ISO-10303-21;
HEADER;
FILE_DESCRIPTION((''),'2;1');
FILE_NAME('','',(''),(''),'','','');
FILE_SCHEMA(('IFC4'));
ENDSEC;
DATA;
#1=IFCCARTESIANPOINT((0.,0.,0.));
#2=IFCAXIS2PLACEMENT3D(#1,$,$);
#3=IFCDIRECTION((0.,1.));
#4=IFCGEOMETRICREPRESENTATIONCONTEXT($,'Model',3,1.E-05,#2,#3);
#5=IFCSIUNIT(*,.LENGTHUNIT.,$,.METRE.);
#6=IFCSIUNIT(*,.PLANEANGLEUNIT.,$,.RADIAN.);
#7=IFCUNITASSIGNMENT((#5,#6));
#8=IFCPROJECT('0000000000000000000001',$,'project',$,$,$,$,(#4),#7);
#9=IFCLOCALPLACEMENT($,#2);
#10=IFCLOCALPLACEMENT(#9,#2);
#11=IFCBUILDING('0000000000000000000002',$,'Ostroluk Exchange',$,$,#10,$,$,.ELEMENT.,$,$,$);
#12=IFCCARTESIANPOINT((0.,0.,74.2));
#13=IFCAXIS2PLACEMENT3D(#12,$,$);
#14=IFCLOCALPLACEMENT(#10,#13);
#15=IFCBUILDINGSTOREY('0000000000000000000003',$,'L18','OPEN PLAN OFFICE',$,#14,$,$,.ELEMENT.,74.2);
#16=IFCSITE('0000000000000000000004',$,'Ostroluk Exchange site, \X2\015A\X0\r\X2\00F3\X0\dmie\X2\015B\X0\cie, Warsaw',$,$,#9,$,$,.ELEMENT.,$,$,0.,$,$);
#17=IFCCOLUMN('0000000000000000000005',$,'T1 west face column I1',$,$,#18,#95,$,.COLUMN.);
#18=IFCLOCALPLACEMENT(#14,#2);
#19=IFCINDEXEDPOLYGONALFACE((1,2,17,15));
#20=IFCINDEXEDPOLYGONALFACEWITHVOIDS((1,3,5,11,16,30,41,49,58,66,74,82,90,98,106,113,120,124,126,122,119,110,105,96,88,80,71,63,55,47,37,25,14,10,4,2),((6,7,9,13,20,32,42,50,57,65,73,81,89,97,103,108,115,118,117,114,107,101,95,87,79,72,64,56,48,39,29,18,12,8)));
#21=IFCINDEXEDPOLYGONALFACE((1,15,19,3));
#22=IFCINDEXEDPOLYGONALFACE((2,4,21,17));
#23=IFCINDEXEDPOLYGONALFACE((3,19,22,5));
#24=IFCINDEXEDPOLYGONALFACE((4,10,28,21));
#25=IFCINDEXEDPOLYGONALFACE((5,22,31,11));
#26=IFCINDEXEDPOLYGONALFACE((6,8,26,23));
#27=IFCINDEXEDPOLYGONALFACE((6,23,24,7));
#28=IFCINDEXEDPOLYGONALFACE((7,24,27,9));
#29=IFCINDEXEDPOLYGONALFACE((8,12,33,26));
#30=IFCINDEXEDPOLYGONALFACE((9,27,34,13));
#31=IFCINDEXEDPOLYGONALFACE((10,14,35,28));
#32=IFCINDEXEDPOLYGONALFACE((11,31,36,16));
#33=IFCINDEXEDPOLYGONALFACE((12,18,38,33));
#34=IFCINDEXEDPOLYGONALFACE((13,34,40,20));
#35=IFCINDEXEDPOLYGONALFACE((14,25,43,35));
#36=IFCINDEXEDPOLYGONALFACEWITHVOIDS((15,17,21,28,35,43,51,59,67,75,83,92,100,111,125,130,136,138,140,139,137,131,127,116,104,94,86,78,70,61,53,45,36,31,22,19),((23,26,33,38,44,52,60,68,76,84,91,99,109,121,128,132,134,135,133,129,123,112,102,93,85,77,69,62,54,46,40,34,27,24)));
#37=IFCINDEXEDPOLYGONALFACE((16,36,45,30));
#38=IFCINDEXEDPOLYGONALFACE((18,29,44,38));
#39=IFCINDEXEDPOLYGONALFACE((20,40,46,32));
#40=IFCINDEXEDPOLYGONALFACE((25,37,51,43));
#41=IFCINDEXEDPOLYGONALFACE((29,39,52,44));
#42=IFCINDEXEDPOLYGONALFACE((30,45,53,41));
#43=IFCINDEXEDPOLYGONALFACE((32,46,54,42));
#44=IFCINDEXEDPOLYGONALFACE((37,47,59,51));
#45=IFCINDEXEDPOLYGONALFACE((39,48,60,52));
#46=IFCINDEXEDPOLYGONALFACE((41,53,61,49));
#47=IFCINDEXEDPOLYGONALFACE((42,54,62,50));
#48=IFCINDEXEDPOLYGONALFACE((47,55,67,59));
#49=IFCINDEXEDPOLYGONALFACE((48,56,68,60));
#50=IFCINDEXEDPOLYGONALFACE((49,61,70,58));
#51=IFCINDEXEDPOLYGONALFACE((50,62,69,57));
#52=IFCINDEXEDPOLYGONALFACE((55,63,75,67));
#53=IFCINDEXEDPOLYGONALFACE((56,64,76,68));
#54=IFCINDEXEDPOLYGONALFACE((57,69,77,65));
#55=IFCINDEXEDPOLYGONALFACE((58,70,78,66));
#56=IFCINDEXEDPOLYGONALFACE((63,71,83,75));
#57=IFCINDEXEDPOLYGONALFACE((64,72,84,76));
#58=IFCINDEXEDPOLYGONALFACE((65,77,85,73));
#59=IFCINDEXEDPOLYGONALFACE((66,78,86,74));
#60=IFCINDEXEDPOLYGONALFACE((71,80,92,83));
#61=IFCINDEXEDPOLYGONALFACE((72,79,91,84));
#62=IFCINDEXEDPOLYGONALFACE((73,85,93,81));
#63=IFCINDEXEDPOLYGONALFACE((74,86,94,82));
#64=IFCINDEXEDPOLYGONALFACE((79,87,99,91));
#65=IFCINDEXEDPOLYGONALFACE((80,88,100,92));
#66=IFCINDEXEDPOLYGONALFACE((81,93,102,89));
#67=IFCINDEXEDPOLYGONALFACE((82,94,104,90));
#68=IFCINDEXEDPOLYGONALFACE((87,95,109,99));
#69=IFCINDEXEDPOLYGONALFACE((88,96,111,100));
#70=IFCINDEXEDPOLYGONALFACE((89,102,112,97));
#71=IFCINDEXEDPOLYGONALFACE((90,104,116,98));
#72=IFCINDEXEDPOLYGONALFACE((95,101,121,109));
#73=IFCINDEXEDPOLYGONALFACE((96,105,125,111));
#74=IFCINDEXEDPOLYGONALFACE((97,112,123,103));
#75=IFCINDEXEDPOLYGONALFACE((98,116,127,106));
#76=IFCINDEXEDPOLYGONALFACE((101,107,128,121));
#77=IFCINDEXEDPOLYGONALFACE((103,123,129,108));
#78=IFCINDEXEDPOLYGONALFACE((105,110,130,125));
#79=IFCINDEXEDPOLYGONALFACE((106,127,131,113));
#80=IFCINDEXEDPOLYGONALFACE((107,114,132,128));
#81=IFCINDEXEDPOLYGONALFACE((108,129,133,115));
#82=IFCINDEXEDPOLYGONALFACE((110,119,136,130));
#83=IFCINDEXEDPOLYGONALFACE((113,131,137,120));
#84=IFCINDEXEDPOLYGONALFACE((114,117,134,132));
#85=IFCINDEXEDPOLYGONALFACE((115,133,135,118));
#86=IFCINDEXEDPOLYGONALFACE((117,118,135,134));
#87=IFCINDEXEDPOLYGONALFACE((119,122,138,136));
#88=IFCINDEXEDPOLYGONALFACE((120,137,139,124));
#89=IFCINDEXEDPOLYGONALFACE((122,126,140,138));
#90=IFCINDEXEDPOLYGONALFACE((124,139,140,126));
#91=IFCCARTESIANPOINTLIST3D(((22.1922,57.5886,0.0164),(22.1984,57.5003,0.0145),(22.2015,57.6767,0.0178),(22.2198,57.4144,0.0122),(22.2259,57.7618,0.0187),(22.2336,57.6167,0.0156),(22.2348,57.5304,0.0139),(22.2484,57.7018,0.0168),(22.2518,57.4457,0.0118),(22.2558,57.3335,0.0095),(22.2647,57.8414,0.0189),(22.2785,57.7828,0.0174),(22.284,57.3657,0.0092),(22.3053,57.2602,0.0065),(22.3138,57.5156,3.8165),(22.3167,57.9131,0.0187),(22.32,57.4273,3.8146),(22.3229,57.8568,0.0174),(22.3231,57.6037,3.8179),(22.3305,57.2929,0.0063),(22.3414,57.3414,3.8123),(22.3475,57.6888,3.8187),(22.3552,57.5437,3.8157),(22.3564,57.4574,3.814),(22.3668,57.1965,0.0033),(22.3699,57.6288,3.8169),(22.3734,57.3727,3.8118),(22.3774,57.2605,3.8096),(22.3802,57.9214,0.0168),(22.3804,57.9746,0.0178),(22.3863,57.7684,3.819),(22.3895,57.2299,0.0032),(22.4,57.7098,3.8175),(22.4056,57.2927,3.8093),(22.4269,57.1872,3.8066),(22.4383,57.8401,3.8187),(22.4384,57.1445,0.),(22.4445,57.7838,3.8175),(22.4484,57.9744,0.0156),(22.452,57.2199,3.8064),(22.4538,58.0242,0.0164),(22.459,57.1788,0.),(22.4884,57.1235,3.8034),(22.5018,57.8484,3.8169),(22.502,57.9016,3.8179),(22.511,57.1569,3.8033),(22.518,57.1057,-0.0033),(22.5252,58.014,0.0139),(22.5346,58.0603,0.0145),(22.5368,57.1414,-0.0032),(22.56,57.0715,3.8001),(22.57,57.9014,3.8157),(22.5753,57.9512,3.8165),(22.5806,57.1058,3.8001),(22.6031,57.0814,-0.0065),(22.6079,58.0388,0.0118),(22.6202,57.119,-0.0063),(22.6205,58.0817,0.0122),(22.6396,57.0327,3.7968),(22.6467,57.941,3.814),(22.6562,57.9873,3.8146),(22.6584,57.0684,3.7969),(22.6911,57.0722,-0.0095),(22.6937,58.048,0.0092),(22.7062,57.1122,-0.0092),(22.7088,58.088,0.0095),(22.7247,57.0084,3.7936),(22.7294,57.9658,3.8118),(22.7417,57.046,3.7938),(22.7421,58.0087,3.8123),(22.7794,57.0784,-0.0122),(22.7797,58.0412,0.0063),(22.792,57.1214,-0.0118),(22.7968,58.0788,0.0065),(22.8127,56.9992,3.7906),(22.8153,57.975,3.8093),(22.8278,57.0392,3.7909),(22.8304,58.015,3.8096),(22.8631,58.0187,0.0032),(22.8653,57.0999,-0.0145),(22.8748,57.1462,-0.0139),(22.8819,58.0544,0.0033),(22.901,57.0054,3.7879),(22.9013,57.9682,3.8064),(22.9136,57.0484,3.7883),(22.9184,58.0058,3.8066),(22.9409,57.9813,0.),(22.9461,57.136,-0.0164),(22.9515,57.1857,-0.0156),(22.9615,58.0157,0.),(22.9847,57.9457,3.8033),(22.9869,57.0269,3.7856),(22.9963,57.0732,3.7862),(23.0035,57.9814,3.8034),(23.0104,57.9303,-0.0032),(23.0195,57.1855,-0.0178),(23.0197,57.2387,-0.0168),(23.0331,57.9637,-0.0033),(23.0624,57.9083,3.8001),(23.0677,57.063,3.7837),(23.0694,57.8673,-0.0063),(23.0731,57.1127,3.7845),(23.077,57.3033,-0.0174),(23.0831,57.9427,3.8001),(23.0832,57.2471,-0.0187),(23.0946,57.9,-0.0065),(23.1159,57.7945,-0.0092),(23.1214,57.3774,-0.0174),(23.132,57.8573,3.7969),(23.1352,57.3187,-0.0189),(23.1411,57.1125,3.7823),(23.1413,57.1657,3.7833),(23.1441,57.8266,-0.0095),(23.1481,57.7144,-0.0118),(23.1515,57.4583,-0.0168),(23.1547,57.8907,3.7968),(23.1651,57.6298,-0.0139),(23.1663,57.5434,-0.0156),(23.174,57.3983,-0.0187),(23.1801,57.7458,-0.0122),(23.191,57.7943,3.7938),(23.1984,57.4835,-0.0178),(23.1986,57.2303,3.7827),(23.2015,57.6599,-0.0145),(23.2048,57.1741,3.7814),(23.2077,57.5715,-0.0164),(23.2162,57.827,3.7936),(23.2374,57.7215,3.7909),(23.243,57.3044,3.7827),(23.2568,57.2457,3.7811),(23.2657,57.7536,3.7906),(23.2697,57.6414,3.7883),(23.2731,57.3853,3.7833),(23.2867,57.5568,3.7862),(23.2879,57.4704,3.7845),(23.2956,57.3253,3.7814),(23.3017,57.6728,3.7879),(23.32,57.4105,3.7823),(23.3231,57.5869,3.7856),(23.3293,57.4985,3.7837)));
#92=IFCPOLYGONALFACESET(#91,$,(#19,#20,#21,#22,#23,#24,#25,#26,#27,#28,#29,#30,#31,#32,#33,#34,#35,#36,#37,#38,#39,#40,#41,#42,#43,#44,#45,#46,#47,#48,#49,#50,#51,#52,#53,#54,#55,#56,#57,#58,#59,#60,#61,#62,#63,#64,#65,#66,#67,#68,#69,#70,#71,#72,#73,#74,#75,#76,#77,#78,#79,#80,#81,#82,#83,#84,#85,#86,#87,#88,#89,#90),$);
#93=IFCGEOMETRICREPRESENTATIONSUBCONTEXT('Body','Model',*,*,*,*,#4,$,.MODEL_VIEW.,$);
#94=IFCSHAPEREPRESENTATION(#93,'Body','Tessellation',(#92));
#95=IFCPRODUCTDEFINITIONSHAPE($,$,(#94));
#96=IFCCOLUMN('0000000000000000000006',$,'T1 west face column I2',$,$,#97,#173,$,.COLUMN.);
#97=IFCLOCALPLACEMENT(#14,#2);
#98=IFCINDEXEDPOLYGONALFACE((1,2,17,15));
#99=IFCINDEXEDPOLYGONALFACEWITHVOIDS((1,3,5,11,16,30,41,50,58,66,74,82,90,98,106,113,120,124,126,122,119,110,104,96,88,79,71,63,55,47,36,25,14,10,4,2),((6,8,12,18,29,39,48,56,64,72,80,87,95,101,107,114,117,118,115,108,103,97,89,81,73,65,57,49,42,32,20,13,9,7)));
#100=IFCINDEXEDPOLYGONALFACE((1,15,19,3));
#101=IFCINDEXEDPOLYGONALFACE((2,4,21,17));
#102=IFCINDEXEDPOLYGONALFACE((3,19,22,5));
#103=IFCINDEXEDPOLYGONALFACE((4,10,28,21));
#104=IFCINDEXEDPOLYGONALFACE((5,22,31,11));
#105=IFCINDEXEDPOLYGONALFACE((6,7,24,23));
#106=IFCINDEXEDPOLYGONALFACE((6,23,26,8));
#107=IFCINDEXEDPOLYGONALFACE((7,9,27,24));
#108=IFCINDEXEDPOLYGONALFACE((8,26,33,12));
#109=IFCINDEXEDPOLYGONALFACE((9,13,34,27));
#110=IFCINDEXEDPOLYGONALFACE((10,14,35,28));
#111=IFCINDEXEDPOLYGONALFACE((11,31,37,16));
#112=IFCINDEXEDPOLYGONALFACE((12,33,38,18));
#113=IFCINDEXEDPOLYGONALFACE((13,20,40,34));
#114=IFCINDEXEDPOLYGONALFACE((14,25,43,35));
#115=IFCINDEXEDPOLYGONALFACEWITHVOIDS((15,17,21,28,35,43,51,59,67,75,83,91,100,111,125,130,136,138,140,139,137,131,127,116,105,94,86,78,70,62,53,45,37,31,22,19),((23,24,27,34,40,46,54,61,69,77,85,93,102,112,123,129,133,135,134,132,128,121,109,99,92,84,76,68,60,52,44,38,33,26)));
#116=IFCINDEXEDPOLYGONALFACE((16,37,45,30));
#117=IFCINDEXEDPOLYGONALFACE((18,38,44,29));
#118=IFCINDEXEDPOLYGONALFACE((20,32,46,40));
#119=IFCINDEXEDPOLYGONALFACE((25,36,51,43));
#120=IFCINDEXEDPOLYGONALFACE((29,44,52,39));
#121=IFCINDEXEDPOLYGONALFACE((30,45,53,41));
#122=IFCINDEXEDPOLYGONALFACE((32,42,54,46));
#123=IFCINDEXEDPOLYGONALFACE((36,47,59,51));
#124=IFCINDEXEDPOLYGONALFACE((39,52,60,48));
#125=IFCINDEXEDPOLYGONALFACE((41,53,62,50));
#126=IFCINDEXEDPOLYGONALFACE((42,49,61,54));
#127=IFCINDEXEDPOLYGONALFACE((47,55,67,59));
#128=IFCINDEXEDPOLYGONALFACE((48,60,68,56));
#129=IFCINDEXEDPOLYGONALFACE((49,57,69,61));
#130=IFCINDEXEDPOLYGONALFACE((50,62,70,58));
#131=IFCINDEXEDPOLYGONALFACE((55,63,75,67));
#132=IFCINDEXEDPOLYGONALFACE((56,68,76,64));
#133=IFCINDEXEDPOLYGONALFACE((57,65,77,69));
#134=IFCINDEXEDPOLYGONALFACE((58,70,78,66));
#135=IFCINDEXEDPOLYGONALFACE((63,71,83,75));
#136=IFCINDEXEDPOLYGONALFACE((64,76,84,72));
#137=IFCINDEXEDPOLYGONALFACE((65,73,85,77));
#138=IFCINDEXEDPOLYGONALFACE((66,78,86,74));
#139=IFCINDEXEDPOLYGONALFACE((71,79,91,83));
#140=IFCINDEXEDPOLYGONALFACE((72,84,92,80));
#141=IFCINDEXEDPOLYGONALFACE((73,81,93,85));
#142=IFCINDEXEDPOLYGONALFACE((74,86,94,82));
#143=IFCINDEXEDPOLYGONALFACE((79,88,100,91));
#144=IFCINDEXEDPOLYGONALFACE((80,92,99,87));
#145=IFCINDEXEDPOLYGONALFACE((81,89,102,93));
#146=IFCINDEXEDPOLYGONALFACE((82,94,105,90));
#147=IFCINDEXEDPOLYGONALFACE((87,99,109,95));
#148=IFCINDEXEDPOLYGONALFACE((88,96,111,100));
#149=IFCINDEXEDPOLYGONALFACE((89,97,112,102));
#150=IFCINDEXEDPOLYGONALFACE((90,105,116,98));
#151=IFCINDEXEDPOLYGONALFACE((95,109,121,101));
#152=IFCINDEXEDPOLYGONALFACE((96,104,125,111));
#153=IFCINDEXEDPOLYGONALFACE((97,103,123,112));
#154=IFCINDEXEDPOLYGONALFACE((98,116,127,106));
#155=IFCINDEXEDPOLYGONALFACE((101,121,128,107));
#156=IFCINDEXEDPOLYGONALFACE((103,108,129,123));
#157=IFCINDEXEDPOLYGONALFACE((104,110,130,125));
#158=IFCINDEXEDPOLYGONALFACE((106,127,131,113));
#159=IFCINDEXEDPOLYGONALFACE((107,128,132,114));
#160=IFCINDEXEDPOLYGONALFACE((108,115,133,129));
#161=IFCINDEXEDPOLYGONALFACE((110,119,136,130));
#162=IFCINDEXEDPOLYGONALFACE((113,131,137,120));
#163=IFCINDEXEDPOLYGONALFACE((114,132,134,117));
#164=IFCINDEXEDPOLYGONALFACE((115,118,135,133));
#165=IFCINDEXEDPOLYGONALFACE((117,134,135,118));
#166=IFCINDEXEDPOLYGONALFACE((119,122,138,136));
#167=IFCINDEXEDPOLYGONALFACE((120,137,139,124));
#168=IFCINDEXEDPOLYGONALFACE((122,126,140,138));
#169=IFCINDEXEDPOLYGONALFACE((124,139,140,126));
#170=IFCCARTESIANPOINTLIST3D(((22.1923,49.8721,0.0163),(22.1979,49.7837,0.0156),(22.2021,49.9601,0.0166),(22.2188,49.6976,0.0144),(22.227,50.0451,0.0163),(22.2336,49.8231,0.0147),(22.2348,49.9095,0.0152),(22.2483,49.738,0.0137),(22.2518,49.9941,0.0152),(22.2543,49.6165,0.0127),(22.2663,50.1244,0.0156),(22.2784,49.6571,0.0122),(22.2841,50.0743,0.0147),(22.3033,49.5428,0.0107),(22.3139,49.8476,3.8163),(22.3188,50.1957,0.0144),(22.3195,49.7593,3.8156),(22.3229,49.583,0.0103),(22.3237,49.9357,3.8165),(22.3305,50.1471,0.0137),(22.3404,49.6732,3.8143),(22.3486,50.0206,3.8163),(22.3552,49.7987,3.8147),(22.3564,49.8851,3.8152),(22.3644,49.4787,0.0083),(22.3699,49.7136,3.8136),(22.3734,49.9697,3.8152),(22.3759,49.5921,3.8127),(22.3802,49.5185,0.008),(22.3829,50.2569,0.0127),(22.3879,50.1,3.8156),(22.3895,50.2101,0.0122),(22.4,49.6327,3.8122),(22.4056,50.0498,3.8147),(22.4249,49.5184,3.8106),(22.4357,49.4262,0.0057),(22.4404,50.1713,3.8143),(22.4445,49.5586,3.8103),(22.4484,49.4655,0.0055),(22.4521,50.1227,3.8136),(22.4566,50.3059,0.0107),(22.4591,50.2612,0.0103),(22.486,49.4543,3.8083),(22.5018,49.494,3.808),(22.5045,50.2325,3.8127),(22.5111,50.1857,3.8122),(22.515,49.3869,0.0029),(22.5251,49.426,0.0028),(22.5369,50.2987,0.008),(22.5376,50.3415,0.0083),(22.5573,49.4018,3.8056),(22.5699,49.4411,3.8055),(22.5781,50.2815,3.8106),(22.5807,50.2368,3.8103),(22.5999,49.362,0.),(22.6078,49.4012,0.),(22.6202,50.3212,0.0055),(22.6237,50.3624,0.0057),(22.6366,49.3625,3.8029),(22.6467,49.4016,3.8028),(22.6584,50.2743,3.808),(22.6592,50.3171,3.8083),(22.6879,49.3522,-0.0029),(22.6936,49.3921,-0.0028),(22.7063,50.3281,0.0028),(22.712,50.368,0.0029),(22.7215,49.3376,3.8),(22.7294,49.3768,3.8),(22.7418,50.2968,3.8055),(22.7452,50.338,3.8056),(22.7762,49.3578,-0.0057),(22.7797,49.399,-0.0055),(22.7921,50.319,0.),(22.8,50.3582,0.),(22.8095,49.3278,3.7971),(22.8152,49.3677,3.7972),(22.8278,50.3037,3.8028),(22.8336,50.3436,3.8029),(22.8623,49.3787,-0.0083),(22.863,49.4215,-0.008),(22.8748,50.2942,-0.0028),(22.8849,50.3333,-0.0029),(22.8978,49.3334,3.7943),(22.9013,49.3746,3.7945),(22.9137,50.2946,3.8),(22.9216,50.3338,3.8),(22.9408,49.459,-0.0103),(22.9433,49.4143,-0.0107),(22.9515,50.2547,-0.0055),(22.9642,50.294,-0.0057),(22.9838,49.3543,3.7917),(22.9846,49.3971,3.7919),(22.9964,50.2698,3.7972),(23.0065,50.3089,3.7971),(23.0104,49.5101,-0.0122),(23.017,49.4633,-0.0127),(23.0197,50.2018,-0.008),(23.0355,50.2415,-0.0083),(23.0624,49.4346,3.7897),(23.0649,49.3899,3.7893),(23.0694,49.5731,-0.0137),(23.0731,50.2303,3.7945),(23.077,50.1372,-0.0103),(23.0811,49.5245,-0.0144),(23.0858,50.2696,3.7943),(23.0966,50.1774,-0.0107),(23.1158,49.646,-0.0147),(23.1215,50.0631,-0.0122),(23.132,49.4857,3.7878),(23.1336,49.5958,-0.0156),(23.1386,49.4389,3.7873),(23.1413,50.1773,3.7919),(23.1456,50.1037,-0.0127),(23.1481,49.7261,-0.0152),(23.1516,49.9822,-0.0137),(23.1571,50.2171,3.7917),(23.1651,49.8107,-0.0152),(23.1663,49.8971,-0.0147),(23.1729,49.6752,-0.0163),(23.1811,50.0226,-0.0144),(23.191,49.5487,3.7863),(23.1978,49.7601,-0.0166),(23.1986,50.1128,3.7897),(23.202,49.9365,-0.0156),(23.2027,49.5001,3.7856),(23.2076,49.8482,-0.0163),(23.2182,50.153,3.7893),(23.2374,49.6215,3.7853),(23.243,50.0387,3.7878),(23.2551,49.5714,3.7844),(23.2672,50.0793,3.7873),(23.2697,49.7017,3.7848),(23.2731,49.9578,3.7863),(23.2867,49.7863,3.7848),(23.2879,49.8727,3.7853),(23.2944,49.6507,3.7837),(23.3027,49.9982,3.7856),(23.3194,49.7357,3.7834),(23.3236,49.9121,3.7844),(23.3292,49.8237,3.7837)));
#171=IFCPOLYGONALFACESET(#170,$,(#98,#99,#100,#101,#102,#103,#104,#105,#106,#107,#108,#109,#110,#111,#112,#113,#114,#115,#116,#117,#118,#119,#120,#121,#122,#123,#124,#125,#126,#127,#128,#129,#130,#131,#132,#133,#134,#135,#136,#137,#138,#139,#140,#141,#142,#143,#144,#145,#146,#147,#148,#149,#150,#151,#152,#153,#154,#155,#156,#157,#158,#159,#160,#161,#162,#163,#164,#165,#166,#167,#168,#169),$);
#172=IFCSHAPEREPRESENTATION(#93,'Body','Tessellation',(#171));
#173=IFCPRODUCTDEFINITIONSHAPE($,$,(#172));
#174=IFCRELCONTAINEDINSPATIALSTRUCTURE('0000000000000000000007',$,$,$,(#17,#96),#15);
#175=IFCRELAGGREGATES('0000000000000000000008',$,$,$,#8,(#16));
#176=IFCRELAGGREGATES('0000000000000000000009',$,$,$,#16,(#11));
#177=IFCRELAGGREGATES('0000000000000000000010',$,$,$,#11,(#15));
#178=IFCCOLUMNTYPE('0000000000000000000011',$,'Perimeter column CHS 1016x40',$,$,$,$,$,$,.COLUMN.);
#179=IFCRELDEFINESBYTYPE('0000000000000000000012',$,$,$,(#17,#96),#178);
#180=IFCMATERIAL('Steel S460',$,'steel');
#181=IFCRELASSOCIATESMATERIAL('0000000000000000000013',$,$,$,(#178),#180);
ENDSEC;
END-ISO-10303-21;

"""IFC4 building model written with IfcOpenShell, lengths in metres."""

from ifc_helpers import new_model, si_unit, direction, frame, origin, origin_2d, place, context, subcontext, project, spatial, hollow_circle, extrude, material, material_profile, profile_set, type_object, element, save


model = new_model("IFC4")

# Units and contexts
model_context = context("Model", 3, precision=1e-05, world=origin(), true_north=direction((0.0, 1.0)))
body_context = subcontext(model_context, "Body", "Model", "MODEL_VIEW")
ifc_project = project(units=[si_unit("LENGTHUNIT", "METRE"), si_unit("PLANEANGLEUNIT", "RADIAN")], contexts=[model_context])

# Site, building, storey
site_placement = place(None, origin())
site = spatial("IfcSite", under=ifc_project, at=site_placement, Name="Ostroluk Exchange site, Śródmieście, Warsaw", CompositionType="ELEMENT", RefElevation=0.0)
building_placement = place(site_placement, origin())
building = spatial("IfcBuilding", under=site, at=building_placement, Name="Ostroluk Exchange", CompositionType="ELEMENT")
storey_placement = place(building_placement, frame((0.0, 0.0, 74.2)))
storey = spatial("IfcBuildingStorey", under=building, at=storey_placement, Name="L18", Description="OPEN PLAN OFFICE", CompositionType="ELEMENT", Elevation=74.2)

# Columns
ifc_material_1 = material(Name="Steel S460", Category="steel")
ifc_material_profile_1 = material_profile(ifc_material_1, hollow_circle(Radius=0.5081, WallThickness=0.04, at=origin_2d()), Name="CHS 1016x40")
ifc_profile_set_1 = profile_set([ifc_material_profile_1], Name="Steel S460")
column_type = type_object("IfcColumnType", Name="Perimeter column CHS 1016x40", PredefinedType="COLUMN", material=ifc_profile_set_1)
column_1_placement = place(storey_placement, frame((22.7, 57.5801, 0.0), z_axis=(0.031973, -0.019196, 0.999304), x_axis=(0.514749, 0.857341, 0.0)))
element("IfcColumn", 1, at=column_1_placement, inside=storey, type_object=column_type, Name="T1 west face column I1", PredefinedType="COLUMN", context=body_context, shape_type="SweptSolid", body=[
    extrude(hollow_circle(Radius=0.5081, WallThickness=0.04, at=origin_2d()), origin(), (0.0, 0.0, 1.0), 3.8027),
])
column_2_placement = place(storey_placement, frame((22.7, 49.8601, 0.0), z_axis=(0.031978, -0.006421, 0.999468), x_axis=(0.196873, 0.980429, 0.0)))
element("IfcColumn", 2, at=column_2_placement, inside=storey, type_object=column_type, Name="T1 west face column I2", PredefinedType="COLUMN", context=body_context, shape_type="SweptSolid", body=[
    extrude(hollow_circle(Radius=0.5081, WallThickness=0.04, at=origin_2d()), origin(), (0.0, 0.0, 1.0), 3.802),
])

save(model, "model.ifc")
